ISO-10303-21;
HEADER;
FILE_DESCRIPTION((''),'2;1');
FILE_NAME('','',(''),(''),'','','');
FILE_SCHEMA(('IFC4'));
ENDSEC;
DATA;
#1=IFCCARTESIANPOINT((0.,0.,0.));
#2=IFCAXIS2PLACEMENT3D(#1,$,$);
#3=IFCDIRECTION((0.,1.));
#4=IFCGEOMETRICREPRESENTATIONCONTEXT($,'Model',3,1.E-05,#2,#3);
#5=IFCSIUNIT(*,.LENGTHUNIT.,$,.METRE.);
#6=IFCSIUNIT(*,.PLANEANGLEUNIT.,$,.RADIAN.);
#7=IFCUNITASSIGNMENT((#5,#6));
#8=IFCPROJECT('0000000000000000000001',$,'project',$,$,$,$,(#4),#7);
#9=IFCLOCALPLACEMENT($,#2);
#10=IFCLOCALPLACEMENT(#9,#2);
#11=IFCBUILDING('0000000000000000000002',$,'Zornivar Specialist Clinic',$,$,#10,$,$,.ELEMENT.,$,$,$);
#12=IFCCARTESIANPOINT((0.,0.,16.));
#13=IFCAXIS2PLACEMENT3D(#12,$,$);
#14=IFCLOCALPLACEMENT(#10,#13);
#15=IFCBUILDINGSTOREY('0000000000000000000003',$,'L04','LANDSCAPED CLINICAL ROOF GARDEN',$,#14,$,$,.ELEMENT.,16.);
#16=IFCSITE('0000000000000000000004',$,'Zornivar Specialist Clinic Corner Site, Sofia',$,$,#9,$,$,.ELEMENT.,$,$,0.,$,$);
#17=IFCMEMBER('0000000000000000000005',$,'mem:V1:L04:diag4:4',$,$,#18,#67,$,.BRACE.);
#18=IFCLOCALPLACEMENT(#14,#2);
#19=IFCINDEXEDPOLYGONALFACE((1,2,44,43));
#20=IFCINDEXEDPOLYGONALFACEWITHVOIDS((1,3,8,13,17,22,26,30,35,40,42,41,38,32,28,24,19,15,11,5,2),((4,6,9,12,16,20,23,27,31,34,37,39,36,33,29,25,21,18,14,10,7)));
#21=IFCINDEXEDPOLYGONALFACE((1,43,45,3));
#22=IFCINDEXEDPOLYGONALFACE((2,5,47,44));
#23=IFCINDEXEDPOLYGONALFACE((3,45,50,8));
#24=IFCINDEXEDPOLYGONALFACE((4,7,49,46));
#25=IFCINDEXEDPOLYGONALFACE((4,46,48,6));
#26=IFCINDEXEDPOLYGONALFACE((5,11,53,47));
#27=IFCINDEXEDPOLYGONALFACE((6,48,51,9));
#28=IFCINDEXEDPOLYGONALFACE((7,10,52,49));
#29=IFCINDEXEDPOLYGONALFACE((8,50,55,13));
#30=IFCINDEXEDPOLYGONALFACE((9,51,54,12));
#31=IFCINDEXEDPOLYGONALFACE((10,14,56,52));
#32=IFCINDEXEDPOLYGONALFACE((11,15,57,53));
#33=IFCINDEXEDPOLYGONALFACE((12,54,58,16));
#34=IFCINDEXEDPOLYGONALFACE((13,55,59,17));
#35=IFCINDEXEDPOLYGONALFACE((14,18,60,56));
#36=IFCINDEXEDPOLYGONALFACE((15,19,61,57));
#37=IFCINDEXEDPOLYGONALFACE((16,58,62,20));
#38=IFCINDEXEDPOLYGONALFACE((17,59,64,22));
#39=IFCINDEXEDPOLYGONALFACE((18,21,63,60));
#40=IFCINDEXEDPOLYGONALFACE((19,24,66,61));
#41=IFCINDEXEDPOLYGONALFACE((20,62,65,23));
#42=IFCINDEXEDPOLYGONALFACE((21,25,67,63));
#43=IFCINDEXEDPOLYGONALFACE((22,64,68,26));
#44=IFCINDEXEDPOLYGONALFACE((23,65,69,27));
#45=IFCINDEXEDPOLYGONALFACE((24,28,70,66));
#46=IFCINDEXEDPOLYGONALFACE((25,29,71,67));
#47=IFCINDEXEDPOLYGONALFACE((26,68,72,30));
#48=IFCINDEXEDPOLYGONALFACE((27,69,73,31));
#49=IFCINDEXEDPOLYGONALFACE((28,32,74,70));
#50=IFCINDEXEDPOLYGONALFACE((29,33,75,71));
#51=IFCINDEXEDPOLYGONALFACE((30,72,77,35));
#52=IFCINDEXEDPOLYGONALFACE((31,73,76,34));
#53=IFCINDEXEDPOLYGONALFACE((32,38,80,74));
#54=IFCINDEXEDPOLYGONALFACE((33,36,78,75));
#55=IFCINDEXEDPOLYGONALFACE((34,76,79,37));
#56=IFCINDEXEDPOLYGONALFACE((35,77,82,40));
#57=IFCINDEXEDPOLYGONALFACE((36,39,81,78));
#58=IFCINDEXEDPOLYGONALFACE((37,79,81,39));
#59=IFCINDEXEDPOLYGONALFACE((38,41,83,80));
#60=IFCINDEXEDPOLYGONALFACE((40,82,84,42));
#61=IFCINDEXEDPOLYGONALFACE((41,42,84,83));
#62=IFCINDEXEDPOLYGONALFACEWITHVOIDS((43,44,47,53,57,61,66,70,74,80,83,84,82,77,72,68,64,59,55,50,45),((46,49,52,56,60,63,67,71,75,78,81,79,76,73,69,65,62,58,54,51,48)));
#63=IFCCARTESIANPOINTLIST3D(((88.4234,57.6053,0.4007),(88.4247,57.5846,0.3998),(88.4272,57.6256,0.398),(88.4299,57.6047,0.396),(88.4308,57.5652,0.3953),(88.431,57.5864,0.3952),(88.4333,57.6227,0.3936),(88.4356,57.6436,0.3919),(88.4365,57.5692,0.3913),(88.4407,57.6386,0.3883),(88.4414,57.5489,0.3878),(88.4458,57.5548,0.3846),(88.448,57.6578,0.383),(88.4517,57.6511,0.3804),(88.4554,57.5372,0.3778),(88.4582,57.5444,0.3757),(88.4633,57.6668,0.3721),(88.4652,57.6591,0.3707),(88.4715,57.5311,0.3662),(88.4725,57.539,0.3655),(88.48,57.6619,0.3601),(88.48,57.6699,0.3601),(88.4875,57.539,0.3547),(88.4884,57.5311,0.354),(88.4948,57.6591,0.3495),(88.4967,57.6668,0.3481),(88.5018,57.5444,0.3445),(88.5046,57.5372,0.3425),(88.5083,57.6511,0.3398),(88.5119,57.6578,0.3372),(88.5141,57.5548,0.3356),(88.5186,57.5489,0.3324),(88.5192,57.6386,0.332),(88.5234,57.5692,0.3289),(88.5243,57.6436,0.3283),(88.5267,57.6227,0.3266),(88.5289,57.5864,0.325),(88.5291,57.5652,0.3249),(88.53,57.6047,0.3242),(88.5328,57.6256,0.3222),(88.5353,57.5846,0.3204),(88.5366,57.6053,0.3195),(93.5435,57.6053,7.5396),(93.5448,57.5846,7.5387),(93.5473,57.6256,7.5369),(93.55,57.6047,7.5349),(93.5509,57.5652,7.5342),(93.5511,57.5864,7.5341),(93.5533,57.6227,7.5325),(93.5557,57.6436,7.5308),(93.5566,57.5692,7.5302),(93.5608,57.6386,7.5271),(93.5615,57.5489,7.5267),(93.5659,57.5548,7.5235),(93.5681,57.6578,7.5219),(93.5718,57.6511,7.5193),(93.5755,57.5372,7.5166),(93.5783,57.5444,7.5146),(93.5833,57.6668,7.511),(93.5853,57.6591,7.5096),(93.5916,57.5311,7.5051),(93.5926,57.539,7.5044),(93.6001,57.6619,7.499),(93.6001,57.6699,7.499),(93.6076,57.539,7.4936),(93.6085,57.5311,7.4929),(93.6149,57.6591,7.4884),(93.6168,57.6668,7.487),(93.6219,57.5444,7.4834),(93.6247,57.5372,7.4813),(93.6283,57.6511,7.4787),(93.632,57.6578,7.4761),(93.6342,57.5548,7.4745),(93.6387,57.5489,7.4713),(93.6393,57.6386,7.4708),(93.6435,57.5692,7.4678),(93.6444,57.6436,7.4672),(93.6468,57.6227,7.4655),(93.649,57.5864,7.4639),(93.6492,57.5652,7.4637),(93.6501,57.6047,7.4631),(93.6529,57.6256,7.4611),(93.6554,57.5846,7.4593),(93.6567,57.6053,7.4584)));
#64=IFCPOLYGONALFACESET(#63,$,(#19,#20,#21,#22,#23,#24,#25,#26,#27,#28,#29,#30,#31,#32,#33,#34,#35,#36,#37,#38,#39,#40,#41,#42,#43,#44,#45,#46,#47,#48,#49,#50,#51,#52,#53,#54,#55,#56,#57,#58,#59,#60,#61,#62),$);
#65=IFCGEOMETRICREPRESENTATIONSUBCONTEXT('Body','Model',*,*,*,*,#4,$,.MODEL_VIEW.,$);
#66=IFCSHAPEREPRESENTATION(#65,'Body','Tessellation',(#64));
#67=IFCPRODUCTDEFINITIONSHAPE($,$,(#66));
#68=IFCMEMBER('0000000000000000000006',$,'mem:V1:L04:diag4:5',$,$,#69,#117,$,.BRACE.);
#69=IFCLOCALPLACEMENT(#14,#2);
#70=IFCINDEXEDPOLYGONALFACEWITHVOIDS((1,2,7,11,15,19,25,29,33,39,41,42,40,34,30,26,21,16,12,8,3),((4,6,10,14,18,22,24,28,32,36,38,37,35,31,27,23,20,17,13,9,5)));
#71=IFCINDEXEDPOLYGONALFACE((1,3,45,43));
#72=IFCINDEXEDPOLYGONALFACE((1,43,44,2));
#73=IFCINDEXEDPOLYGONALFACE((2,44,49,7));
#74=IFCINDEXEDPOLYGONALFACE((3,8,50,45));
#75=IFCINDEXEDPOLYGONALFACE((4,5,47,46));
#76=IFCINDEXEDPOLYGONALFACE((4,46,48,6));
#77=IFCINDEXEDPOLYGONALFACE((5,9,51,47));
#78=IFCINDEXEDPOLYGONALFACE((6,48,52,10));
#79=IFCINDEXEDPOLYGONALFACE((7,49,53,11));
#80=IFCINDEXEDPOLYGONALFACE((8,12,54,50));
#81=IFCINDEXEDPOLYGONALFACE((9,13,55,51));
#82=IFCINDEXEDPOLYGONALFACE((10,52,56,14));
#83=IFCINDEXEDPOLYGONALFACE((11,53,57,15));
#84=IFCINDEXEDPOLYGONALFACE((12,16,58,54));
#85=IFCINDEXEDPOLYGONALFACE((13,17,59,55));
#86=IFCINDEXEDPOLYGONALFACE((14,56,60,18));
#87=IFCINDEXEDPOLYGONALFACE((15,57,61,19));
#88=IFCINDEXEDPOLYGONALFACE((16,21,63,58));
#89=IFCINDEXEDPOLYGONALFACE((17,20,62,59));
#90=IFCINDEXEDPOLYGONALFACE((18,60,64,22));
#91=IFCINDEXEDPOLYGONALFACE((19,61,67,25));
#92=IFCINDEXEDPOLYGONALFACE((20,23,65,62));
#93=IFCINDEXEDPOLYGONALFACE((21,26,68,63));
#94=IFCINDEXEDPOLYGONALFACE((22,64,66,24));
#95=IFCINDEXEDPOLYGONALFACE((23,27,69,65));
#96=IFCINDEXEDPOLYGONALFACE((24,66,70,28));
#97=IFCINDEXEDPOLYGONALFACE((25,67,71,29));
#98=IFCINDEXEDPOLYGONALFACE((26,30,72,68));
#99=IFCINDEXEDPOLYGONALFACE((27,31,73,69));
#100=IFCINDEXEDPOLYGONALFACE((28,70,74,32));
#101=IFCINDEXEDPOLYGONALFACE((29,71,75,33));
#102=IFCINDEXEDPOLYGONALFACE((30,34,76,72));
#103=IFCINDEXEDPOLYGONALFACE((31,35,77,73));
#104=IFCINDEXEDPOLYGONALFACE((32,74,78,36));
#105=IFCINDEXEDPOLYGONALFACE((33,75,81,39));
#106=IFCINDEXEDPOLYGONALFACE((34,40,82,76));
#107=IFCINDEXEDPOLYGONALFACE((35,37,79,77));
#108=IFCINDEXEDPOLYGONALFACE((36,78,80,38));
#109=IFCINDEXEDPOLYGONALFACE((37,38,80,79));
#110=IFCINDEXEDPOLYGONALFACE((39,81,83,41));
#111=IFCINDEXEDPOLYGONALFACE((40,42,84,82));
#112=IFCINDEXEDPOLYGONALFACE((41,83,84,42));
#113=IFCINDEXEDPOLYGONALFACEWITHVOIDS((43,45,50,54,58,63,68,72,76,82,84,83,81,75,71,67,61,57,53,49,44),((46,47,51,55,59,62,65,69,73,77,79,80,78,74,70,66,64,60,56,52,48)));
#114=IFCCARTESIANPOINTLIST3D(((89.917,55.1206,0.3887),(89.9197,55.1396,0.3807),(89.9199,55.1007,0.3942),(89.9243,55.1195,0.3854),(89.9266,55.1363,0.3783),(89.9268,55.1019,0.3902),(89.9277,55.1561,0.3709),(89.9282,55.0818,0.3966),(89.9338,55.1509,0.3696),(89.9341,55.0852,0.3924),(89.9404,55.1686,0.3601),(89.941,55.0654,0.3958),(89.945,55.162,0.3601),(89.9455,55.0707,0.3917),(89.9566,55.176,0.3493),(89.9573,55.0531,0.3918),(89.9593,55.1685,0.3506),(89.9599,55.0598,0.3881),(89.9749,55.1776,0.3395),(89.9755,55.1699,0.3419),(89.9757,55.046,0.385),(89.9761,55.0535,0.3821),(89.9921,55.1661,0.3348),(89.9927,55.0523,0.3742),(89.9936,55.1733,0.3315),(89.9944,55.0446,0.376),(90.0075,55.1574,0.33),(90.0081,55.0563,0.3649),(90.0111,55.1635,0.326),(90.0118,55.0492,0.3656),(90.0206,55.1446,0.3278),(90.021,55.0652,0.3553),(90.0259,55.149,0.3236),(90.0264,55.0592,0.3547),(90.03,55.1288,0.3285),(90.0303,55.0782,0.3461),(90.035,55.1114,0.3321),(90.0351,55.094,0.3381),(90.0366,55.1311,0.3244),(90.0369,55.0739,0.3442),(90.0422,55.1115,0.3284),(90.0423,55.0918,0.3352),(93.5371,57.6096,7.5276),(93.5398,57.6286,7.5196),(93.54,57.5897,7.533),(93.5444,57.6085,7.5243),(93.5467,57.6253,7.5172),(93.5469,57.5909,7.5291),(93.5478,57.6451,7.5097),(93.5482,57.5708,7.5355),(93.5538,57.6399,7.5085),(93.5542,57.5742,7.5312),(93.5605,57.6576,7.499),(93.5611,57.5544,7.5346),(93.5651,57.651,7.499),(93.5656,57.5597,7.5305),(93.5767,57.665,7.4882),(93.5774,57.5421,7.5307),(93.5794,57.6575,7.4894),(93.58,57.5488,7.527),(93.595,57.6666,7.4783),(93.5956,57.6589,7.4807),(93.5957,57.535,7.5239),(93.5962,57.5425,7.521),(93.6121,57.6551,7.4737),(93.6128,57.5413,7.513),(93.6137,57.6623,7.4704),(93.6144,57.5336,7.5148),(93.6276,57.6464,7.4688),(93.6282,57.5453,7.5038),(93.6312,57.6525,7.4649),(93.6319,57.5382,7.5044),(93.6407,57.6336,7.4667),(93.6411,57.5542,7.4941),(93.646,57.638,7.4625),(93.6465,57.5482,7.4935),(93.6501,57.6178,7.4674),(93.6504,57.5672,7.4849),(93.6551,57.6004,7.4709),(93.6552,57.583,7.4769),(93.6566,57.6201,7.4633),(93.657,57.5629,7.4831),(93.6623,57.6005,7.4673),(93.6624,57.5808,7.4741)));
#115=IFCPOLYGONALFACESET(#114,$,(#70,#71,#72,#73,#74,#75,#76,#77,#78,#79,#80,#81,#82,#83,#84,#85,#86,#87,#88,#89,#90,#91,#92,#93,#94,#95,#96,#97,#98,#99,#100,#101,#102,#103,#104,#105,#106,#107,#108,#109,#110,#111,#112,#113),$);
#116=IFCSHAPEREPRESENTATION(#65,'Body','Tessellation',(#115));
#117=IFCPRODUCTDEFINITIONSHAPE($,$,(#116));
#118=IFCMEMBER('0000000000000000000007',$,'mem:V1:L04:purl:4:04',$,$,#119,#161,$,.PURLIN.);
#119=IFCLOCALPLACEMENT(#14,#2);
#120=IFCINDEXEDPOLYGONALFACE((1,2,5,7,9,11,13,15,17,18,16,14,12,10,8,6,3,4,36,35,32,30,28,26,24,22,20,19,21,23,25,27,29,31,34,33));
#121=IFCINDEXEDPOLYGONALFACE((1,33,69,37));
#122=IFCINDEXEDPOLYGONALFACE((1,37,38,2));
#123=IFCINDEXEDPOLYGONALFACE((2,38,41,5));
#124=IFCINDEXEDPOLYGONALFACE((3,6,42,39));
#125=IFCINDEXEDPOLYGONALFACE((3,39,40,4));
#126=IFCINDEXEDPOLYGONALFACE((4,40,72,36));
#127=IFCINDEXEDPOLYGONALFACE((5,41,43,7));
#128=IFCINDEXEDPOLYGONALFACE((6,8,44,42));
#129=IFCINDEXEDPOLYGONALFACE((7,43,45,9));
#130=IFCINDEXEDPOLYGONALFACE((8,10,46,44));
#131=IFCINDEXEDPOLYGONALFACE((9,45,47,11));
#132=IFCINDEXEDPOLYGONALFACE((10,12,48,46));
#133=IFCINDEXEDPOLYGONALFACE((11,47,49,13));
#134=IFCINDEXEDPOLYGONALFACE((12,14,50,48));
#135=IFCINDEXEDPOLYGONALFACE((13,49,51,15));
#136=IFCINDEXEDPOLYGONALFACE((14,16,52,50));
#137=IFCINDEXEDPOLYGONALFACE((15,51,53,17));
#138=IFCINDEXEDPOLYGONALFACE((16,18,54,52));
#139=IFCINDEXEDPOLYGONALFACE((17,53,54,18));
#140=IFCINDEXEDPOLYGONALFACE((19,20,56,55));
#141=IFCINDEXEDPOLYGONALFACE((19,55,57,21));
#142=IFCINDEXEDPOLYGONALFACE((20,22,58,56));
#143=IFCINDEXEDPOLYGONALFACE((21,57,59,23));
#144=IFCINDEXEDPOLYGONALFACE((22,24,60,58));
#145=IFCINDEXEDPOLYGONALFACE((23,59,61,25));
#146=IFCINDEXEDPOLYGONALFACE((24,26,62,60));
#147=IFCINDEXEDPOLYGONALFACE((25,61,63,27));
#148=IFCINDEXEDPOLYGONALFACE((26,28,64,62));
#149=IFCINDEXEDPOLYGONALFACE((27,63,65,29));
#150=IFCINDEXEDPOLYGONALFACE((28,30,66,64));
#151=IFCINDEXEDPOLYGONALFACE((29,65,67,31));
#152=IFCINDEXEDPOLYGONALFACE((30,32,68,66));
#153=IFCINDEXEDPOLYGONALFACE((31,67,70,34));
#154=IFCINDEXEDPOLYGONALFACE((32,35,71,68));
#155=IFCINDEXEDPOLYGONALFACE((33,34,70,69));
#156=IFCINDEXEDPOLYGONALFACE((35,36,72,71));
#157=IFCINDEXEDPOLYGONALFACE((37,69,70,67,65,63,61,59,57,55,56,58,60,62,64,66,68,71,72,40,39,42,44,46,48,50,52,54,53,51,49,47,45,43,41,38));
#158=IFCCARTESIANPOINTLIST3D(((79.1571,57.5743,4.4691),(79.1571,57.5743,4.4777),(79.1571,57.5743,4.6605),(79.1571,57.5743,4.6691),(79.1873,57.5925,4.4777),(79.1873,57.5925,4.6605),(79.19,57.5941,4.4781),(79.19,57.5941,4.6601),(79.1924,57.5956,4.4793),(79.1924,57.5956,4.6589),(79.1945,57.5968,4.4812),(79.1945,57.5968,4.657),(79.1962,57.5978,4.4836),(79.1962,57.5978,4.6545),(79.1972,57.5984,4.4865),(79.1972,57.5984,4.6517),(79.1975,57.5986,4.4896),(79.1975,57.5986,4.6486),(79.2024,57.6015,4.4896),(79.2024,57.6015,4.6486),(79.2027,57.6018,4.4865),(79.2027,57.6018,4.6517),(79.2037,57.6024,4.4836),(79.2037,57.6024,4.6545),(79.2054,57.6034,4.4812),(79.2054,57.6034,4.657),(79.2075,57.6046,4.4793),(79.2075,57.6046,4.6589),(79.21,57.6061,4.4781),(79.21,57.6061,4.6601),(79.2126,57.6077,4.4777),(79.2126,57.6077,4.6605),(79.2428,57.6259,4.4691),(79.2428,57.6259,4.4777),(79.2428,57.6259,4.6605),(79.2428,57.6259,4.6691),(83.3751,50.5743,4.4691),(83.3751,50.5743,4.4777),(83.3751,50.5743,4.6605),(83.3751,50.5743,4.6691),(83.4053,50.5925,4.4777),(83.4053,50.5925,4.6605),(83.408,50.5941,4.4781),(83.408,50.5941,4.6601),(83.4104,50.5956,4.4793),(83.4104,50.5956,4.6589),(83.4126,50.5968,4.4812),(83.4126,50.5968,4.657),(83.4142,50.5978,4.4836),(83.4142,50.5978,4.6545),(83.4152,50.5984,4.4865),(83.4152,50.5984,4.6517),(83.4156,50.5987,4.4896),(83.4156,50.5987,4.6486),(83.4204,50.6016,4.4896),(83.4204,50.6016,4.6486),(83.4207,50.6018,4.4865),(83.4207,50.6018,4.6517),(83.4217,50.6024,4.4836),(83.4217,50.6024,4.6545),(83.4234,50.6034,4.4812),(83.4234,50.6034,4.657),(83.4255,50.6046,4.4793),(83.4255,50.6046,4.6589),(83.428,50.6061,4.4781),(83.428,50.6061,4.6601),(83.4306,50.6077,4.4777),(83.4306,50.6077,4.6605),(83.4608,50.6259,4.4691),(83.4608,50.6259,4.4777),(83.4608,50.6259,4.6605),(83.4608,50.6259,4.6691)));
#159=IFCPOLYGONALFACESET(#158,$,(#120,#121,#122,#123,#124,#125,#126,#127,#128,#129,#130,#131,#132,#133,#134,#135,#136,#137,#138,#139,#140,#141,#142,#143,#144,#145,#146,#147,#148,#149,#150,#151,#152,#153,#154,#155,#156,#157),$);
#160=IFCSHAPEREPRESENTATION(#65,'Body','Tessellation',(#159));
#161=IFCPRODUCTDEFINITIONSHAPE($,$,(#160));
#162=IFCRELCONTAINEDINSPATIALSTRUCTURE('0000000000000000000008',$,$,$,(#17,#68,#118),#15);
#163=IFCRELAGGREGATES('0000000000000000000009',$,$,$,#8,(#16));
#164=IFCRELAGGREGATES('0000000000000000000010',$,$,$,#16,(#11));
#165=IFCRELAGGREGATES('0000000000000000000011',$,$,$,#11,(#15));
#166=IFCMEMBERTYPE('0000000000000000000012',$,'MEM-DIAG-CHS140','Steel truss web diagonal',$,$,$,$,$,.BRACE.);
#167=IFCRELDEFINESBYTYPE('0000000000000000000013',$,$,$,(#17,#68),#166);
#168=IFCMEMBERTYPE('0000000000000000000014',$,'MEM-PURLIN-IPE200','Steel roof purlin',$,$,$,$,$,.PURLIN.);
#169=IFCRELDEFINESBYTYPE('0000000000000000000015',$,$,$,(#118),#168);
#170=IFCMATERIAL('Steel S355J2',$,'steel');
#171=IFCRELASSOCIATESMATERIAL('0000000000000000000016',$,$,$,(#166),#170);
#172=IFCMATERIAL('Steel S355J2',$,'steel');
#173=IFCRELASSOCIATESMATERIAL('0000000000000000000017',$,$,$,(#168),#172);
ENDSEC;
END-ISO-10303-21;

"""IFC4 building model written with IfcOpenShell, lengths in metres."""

from ifc_helpers import new_model, si_unit, direction, frame, origin, origin_2d, place, context, subcontext, project, spatial, hollow_circle, i_section, extrude, material, material_profile, profile_set, type_object, element, save


model = new_model("IFC4")

# Units and contexts
model_context = context("Model", 3, precision=1e-05, world=origin(), true_north=direction((0.0, 1.0)))
body_context = subcontext(model_context, "Body", "Model", "MODEL_VIEW")
ifc_project = project(units=[si_unit("LENGTHUNIT", "METRE"), si_unit("PLANEANGLEUNIT", "RADIAN")], contexts=[model_context])

# Site, building, storey
site_placement = place(None, origin())
site = spatial("IfcSite", under=ifc_project, at=site_placement, Name="Zornivar Specialist Clinic Corner Site, Sofia", CompositionType="ELEMENT", RefElevation=0.0)
building_placement = place(site_placement, origin())
building = spatial("IfcBuilding", under=site, at=building_placement, Name="Zornivar Specialist Clinic", CompositionType="ELEMENT")
storey_placement = place(building_placement, frame((0.0, 0.0, 16.0)))
storey = spatial("IfcBuildingStorey", under=building, at=storey_placement, Name="L04", Description="LANDSCAPED CLINICAL ROOF GARDEN", CompositionType="ELEMENT", Elevation=16.0)

# Members
ifc_material_1 = material(Name="Steel S355J2", Category="steel")
ifc_material_profile_1 = material_profile(ifc_material_1, hollow_circle(Radius=0.0698, WallThickness=0.0081, at=origin_2d()), Name="CHS 139.7x8")
ifc_profile_set_1 = profile_set([ifc_material_profile_1], Name="Steel S355J2")
member_type_1 = type_object("IfcMemberType", Name="MEM-DIAG-CHS140", Description="Steel truss web diagonal", PredefinedType="BRACE", material=ifc_profile_set_1)
member_1_placement = place(storey_placement, frame((88.48, 57.6001, 0.3601), z_axis=(0.582812, 0.0, 0.812607), x_axis=(0.0, 1.0, 0.0)))
element("IfcMember", 1, at=member_1_placement, inside=storey, type_object=member_type_1, Name="mem:V1:L04:diag4:4", PredefinedType="BRACE", context=body_context, shape_type="SweptSolid", body=[
    extrude(hollow_circle(Radius=0.0698, WallThickness=0.0081, at=origin_2d()), origin(), (0.0, 0.0, 1.0), 8.7852),
])
member_2_placement = place(storey_placement, frame((89.98, 55.1111, 0.3601), z_axis=(0.431871, 0.296933, 0.851656), x_axis=(-0.566557, 0.824022, 0.0)))
element("IfcMember", 2, at=member_2_placement, inside=storey, type_object=member_type_1, Name="mem:V1:L04:diag4:5", PredefinedType="BRACE", context=body_context, shape_type="SweptSolid", body=[
    extrude(hollow_circle(Radius=0.0698, WallThickness=0.0081, at=origin_2d()), origin(), (0.0, 0.0, 1.0), 8.3823),
])
ifc_material_2 = material(Name="Steel S355J2", Category="steel")
ifc_material_profile_2 = material_profile(ifc_material_2, i_section(OverallWidth=0.1001, OverallDepth=0.2, WebThickness=0.0056, FlangeThickness=0.0085, FilletRadius=0.012, at=origin_2d()), Name="IPE 200")
ifc_profile_set_2 = profile_set([ifc_material_profile_2], Name="Steel S355J2")
member_type_2 = type_object("IfcMemberType", Name="MEM-PURLIN-IPE200", Description="Steel roof purlin", PredefinedType="PURLIN", material=ifc_profile_set_2)
member_3_placement = place(storey_placement, frame((79.2, 57.6001, 4.5691), z_axis=(0.516116, -0.856519, 0.0), x_axis=(0.856519, 0.516116, 0.0)))
element("IfcMember", 3, at=member_3_placement, inside=storey, type_object=member_type_2, Name="mem:V1:L04:purl:4:04", PredefinedType="PURLIN", context=body_context, shape_type="SweptSolid", body=[
    extrude(i_section(OverallWidth=0.1001, OverallDepth=0.2, WebThickness=0.0056, FlangeThickness=0.0085, FilletRadius=0.012, at=origin_2d()), origin(), (0.0, 0.0, 1.0), 8.1726),
])

save(model, "model.ifc")
